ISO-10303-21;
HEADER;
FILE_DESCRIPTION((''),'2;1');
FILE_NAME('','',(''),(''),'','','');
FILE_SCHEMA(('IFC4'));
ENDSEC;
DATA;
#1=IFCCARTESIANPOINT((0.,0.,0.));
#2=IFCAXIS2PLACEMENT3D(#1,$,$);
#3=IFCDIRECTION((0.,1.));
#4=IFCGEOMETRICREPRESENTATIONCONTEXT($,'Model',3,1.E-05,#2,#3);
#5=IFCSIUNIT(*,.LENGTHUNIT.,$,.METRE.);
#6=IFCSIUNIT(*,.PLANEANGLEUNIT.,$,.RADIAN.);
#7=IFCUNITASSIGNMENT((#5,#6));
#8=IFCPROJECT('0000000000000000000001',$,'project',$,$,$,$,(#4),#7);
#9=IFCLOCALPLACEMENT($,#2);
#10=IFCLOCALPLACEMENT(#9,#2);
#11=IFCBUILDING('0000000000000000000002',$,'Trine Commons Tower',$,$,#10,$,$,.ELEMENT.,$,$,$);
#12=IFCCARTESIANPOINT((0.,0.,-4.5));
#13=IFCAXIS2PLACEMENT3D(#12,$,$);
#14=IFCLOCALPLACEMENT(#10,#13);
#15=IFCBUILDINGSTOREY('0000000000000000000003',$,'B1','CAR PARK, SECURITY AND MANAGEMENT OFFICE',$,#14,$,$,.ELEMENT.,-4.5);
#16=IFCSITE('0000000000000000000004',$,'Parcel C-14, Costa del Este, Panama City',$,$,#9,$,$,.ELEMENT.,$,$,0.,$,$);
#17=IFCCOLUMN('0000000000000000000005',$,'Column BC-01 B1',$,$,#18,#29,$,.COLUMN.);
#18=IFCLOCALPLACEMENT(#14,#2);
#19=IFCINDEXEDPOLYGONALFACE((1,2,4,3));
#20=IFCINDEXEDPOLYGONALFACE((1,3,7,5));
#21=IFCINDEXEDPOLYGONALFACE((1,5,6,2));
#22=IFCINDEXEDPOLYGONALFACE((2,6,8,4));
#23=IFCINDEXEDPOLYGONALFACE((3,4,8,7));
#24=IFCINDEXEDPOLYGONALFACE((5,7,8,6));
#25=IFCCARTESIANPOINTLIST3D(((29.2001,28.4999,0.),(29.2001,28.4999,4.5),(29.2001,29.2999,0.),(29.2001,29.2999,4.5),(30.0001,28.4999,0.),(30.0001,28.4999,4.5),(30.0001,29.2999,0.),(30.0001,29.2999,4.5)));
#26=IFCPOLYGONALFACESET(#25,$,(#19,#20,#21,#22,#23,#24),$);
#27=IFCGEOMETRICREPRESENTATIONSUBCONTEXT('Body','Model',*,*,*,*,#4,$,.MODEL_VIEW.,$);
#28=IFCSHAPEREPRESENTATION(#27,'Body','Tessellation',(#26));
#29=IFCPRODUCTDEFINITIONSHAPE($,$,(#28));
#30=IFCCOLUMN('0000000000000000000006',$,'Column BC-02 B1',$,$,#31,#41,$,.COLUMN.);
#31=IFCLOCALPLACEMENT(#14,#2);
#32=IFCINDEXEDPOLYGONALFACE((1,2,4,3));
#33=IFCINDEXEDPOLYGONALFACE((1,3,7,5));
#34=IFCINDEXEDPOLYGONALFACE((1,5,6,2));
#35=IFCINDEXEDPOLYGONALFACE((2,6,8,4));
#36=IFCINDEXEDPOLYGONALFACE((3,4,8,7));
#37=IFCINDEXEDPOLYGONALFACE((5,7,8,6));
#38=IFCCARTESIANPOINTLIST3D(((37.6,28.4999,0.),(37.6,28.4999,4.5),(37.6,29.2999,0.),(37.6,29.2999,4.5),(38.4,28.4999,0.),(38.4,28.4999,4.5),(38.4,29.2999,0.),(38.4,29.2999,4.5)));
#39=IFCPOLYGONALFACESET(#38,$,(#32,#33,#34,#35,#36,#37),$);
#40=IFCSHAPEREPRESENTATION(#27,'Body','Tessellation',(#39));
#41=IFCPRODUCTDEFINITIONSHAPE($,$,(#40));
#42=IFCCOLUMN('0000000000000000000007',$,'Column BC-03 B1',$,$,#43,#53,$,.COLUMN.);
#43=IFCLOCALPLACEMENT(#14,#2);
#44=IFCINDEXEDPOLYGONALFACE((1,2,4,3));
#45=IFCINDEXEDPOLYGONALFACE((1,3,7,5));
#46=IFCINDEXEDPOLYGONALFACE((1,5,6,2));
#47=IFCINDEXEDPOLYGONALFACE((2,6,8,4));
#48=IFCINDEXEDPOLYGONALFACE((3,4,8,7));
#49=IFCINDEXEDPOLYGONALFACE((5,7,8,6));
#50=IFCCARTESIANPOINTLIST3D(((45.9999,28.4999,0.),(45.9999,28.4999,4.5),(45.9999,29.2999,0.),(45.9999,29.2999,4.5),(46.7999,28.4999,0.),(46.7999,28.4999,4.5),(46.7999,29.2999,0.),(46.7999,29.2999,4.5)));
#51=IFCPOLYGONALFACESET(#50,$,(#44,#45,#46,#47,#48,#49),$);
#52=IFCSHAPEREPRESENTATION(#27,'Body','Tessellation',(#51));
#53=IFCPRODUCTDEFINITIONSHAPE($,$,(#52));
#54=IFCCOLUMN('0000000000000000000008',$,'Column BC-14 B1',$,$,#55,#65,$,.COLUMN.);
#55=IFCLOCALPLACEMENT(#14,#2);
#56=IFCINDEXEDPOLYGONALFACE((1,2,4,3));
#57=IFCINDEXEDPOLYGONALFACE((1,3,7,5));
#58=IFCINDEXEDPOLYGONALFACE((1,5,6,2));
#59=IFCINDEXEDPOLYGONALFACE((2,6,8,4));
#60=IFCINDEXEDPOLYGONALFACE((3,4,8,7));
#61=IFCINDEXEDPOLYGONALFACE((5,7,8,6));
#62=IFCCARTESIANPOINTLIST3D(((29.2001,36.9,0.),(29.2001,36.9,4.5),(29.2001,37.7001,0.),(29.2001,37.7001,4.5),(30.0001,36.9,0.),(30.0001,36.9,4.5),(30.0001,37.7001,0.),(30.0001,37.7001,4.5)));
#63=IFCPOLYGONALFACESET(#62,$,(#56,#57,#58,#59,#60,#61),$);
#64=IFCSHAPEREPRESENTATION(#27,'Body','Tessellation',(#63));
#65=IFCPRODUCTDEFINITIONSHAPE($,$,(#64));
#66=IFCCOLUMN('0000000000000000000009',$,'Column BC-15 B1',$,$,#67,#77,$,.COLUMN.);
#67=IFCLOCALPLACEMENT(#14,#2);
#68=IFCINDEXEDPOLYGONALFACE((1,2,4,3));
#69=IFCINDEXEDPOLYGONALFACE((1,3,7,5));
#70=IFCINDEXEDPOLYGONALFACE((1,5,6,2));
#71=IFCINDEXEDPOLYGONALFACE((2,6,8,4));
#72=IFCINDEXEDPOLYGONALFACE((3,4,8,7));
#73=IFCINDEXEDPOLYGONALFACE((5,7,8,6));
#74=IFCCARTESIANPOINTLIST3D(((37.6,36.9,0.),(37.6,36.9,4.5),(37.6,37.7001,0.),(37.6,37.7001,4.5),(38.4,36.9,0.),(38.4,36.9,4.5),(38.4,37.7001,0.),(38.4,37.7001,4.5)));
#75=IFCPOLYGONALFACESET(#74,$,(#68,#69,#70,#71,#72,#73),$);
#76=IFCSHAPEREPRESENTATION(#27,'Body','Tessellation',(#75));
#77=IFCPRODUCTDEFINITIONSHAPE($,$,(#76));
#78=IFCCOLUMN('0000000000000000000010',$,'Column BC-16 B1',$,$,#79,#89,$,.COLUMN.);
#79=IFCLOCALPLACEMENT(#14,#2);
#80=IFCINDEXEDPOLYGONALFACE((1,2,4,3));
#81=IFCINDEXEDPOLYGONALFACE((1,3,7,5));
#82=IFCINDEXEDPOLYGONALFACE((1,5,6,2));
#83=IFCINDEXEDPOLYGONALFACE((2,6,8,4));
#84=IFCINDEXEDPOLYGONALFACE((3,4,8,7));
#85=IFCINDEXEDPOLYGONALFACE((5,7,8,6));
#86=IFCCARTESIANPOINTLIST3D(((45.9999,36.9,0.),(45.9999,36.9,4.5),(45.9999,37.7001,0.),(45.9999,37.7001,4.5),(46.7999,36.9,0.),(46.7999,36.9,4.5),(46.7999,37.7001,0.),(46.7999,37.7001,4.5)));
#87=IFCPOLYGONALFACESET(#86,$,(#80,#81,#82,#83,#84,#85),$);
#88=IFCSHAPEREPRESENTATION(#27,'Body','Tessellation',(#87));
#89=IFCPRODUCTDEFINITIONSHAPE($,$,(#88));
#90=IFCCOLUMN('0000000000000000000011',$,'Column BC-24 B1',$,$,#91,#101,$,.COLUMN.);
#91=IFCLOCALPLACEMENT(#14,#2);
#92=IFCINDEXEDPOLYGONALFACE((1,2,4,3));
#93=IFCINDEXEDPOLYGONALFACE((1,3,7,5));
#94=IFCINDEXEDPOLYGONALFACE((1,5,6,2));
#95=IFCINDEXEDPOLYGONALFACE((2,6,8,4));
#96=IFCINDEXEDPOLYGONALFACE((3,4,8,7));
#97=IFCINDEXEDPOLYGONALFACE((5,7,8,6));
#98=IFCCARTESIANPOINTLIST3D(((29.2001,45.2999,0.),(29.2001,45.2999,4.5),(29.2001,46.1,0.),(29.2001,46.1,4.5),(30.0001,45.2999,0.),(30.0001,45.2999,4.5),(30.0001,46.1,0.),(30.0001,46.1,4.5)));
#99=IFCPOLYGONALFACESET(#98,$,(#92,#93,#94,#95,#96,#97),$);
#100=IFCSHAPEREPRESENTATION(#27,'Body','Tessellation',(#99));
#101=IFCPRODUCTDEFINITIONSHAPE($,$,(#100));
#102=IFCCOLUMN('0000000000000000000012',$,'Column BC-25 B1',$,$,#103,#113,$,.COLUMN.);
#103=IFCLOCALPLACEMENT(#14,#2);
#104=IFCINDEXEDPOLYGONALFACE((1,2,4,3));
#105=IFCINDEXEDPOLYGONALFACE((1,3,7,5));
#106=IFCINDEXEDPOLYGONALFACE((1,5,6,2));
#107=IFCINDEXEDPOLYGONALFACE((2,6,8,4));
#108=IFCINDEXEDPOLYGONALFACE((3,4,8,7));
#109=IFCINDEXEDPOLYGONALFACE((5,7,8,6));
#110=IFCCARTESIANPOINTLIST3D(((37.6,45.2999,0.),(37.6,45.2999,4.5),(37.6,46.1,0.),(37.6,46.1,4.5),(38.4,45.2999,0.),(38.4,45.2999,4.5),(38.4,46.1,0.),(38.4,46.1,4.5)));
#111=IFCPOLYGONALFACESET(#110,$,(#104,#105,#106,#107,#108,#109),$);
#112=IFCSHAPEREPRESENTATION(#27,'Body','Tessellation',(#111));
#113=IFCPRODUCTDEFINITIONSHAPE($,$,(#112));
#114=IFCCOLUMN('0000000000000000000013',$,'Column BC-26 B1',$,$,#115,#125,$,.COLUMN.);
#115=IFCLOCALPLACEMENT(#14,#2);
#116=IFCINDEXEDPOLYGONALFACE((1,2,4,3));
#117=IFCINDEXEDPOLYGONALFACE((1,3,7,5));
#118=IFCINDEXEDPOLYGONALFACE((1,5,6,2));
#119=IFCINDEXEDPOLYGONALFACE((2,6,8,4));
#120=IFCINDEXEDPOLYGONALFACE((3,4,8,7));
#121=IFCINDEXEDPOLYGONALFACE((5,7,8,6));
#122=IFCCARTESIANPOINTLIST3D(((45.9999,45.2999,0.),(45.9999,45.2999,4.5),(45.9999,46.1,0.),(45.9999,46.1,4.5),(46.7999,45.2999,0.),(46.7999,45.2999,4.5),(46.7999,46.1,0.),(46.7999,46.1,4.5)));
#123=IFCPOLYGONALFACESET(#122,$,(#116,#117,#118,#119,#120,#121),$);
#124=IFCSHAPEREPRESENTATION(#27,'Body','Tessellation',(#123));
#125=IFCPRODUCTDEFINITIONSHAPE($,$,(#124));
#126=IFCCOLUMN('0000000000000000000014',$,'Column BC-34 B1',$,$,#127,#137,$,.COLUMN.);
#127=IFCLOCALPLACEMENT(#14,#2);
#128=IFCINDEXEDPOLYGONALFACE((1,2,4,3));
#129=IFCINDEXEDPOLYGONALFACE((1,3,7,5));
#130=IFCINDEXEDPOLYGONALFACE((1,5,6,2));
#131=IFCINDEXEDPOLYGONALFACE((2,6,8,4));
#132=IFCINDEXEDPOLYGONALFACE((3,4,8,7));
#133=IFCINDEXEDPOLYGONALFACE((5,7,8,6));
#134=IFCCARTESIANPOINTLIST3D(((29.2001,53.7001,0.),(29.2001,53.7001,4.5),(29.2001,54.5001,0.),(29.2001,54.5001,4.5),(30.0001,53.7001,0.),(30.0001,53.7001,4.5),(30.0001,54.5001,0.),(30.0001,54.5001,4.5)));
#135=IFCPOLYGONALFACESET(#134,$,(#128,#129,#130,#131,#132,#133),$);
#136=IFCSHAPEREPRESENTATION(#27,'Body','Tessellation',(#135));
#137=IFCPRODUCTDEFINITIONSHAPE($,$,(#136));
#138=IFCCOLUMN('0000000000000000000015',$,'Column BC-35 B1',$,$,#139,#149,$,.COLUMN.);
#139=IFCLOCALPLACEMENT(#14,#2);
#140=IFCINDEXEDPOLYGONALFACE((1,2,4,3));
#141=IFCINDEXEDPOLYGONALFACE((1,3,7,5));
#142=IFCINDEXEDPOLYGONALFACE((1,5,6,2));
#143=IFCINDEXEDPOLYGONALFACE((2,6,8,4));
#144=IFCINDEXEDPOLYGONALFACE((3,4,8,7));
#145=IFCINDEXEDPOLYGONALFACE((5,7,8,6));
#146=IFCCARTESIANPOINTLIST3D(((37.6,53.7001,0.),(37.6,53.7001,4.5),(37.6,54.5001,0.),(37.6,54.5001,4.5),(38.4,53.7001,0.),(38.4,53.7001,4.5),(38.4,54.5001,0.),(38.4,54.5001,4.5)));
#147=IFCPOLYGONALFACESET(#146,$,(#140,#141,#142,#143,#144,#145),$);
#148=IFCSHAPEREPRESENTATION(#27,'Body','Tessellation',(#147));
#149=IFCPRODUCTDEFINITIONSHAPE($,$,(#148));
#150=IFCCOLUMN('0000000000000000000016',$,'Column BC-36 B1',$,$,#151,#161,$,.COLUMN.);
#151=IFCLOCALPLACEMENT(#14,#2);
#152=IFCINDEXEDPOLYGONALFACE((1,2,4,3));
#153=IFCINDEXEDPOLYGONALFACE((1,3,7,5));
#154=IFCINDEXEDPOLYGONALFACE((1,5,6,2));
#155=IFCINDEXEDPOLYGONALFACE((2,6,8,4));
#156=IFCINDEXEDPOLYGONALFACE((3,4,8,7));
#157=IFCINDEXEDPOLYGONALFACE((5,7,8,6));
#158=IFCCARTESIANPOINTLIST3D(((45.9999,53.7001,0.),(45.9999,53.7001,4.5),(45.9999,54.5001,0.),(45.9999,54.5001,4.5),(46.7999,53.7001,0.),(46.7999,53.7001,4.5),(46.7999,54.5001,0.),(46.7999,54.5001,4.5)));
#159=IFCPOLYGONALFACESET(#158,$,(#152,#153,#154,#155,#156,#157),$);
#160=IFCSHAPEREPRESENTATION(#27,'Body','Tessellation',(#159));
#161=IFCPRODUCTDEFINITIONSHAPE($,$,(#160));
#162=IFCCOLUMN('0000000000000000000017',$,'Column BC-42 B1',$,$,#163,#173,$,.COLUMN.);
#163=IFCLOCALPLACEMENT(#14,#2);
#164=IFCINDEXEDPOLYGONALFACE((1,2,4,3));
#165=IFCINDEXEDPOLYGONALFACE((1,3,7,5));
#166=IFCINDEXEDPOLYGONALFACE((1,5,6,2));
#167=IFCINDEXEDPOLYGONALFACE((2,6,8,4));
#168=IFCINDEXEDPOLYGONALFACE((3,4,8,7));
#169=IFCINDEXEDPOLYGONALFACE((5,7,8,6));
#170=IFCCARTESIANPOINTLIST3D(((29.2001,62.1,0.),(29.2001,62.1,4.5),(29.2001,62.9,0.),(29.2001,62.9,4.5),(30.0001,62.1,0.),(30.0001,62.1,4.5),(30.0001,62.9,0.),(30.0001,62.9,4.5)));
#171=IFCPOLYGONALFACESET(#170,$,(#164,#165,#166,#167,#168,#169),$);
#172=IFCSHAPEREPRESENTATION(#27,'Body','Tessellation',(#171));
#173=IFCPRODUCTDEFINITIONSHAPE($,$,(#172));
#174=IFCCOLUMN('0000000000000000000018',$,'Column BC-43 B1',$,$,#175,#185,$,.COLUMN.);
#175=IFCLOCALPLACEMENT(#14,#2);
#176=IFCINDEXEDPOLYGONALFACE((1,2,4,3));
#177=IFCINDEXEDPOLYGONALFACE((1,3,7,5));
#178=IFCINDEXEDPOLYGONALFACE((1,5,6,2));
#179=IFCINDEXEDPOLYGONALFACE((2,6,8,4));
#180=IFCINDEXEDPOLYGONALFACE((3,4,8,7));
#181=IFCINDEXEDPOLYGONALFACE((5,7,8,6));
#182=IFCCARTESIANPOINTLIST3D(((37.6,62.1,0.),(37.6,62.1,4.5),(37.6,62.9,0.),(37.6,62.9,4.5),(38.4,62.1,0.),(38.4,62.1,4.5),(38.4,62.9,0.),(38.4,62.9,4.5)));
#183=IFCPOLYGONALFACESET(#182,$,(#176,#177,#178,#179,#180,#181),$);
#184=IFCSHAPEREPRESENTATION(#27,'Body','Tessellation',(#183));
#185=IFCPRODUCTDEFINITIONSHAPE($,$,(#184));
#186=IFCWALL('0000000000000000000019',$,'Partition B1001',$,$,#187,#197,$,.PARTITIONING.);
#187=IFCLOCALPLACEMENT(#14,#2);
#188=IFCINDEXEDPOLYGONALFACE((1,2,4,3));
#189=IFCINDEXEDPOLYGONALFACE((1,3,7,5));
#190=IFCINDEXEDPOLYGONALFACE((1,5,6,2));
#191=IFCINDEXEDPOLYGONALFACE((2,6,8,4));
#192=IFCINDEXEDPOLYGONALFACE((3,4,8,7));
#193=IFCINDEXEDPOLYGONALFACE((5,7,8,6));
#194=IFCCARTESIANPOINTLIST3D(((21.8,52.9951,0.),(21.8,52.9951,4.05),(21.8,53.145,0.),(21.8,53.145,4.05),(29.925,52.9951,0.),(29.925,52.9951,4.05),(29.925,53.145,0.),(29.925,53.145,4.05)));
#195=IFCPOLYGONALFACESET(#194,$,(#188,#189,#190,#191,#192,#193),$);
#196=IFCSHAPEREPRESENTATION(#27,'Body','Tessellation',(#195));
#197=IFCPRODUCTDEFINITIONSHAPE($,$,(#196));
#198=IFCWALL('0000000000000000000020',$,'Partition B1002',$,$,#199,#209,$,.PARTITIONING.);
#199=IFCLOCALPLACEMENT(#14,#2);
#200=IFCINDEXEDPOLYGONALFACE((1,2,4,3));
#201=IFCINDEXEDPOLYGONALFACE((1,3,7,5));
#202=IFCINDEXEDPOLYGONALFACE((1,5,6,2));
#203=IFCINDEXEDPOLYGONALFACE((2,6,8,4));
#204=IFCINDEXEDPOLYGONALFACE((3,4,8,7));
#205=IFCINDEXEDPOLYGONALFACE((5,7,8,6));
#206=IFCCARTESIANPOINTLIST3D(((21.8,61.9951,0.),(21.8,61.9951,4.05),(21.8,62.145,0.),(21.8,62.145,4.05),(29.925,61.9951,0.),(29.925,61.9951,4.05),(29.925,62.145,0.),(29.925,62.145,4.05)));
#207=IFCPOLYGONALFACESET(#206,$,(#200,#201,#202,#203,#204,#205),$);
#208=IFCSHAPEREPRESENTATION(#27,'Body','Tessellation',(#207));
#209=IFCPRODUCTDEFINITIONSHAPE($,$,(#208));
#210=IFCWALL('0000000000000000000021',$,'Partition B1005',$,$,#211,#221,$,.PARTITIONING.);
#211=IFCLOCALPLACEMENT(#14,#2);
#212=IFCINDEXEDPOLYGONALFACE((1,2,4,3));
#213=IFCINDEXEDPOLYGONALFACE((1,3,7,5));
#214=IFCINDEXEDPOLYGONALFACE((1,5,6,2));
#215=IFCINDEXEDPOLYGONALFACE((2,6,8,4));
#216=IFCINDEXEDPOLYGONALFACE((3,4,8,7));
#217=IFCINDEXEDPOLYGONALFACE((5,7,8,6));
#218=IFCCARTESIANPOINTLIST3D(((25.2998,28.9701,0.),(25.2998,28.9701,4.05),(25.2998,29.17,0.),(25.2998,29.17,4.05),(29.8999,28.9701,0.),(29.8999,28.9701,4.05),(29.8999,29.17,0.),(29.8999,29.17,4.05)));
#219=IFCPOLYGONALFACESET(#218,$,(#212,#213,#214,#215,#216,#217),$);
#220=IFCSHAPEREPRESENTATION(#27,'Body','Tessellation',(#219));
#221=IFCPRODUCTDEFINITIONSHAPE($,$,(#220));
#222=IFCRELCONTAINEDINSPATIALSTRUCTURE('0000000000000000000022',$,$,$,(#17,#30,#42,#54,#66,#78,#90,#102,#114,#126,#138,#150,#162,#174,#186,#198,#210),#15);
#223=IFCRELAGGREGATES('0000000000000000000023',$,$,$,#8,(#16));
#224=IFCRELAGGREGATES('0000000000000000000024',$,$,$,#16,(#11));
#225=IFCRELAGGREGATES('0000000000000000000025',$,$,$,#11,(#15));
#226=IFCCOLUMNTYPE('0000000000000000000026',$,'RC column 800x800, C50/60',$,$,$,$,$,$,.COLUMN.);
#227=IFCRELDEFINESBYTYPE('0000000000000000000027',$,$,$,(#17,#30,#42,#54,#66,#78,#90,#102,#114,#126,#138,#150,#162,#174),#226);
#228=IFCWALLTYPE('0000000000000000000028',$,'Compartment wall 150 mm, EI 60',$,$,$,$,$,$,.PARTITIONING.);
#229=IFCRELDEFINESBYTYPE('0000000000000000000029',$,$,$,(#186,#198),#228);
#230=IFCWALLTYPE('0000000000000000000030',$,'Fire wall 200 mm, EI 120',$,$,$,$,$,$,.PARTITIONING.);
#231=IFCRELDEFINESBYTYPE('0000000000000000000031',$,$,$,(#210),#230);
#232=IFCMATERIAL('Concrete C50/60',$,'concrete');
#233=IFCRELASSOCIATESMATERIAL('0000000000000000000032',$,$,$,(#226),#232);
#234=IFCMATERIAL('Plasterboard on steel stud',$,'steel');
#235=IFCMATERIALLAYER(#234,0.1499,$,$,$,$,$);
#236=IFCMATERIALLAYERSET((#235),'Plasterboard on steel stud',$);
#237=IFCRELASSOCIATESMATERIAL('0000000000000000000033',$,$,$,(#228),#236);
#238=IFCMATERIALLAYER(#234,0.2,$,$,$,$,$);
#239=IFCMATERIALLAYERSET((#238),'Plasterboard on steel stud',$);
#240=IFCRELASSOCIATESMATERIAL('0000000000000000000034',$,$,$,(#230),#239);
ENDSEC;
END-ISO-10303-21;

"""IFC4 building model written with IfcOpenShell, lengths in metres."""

from ifc_helpers import new_model, si_unit, direction, frame, frame_2d, origin, origin_2d, place, context, subcontext, project, spatial, rectangle, extrude, material, layer, layer_set, material_profile, profile_set, type_object, element, save


model = new_model("IFC4")

# Units and contexts
model_context = context("Model", 3, precision=1e-05, world=origin(), true_north=direction((0.0, 1.0)))
body_context = subcontext(model_context, "Body", "Model", "MODEL_VIEW")
ifc_project = project(units=[si_unit("LENGTHUNIT", "METRE"), si_unit("PLANEANGLEUNIT", "RADIAN")], contexts=[model_context])

# Site, building, storey
site_placement = place(None, origin())
site = spatial("IfcSite", under=ifc_project, at=site_placement, Name="Parcel C-14, Costa del Este, Panama City", CompositionType="ELEMENT", RefElevation=0.0)
building_placement = place(site_placement, origin())
building = spatial("IfcBuilding", under=site, at=building_placement, Name="Trine Commons Tower", CompositionType="ELEMENT")
storey_placement = place(building_placement, frame((0.0, 0.0, -4.5)))
storey = spatial("IfcBuildingStorey", under=building, at=storey_placement, Name="B1", Description="CAR PARK, SECURITY AND MANAGEMENT OFFICE", CompositionType="ELEMENT", Elevation=-4.5)

# Columns
ifc_material_1 = material(Name="Concrete C50/60", Category="concrete")
ifc_material_profile = material_profile(ifc_material_1, rectangle(XDim=0.8, YDim=0.8, at=origin_2d()), Name="RC 800x800")
ifc_profile_set = profile_set([ifc_material_profile], Name="Concrete C50/60")
column_type = type_object("IfcColumnType", Name="RC column 800x800, C50/60", PredefinedType="COLUMN", material=ifc_profile_set)
for number, where, z_axis, x_axis, name in (
    (1, (29.6001, 28.8999, 0.0), (0.0, 0.0, 1.0), (1.0, 0.0, 0.0), "Column BC-01 B1"),
    (2, (38.0, 28.8999, 0.0), (0.0, 0.0, 1.0), (1.0, 0.0, 0.0), "Column BC-02 B1"),
    (3, (46.3999, 28.8999, 0.0), (0.0, 0.0, 1.0), (1.0, 0.0, 0.0), "Column BC-03 B1"),
    (4, (29.6001, 37.3, 0.0), (0.0, 0.0, 1.0), (1.0, 0.0, 0.0), "Column BC-14 B1"),
    (5, (38.0, 37.3, 0.0), (0.0, 0.0, 1.0), (1.0, 0.0, 0.0), "Column BC-15 B1"),
    (6, (46.3999, 37.3, 0.0), (0.0, 0.0, 1.0), (1.0, 0.0, 0.0), "Column BC-16 B1"),
    (7, (29.6001, 45.7, 0.0), (0.0, 0.0, 1.0), (1.0, 0.0, 0.0), "Column BC-24 B1"),
    (8, (38.0, 45.7, 0.0), (0.0, 0.0, 1.0), (1.0, 0.0, 0.0), "Column BC-25 B1"),
    (9, (46.3999, 45.7, 0.0), (0.0, 0.0, 1.0), (1.0, 0.0, 0.0), "Column BC-26 B1"),
    (10, (29.6001, 54.1001, 0.0), (0.0, 0.0, 1.0), (1.0, 0.0, 0.0), "Column BC-34 B1"),
    (11, (38.0, 54.1001, 0.0), (0.0, 0.0, 1.0), (1.0, 0.0, 0.0), "Column BC-35 B1"),
    (12, (46.3999, 54.1001, 0.0), (0.0, 0.0, 1.0), (1.0, 0.0, 0.0), "Column BC-36 B1"),
    (13, (29.6001, 62.5, 0.0), (0.0, 0.0, 1.0), (1.0, 0.0, 0.0), "Column BC-42 B1"),
    (14, (38.0, 62.5, 0.0), (0.0, 0.0, 1.0), (1.0, 0.0, 0.0), "Column BC-43 B1"),
):
    element("IfcColumn", number, at=place(storey_placement, frame(where, z_axis=z_axis, x_axis=x_axis)), inside=storey, type_object=column_type, Name=name, PredefinedType="COLUMN", context=body_context, shape_type="SweptSolid", body=[
        extrude(rectangle(XDim=0.8, YDim=0.8, at=origin_2d()), origin(), (0.0, 0.0, 1.0), 4.5),
    ])

# Walls
ifc_material_2 = material(Name="Plasterboard on steel stud", Category="steel")
ifc_layer_1 = layer(ifc_material_2, 0.1499)
ifc_layer_set_1 = layer_set([ifc_layer_1], Name="Plasterboard on steel stud")
wall_type_1 = type_object("IfcWallType", Name="Compartment wall 150 mm, EI 60", PredefinedType="PARTITIONING", material=ifc_layer_set_1)
for number, where, z_axis, x_axis, name in (
    (15, (21.8, 53.0701, 0.0), (0.0, 0.0, 1.0), (1.0, 0.0, 0.0), "Partition B1001"),
    (16, (21.8, 62.0701, 0.0), (0.0, 0.0, 1.0), (1.0, 0.0, 0.0), "Partition B1002"),
):
    element("IfcWall", number, at=place(storey_placement, frame(where, z_axis=z_axis, x_axis=x_axis)), inside=storey, type_object=wall_type_1, Name=name, PredefinedType="PARTITIONING", context=body_context, shape_type="SweptSolid", body=[
        extrude(rectangle(XDim=8.125, YDim=0.1499, at=frame_2d((4.0625, 0.0))), origin(), (0.0, 0.0, 1.0), 4.05),
    ])
ifc_layer_2 = layer(ifc_material_2, 0.2)
ifc_layer_set_2 = layer_set([ifc_layer_2], Name="Plasterboard on steel stud")
wall_type_2 = type_object("IfcWallType", Name="Fire wall 200 mm, EI 120", PredefinedType="PARTITIONING", material=ifc_layer_set_2)
wall_1_placement = place(storey_placement, frame((25.2998, 29.0701, 0.0), z_axis=(0.0, 0.0, 1.0), x_axis=(1.0, 0.0, 0.0)))
element("IfcWall", 17, at=wall_1_placement, inside=storey, type_object=wall_type_2, Name="Partition B1005", PredefinedType="PARTITIONING", context=body_context, shape_type="SweptSolid", body=[
    extrude(rectangle(XDim=4.6001, YDim=0.2, at=frame_2d((2.3, 0.0))), origin(), (0.0, 0.0, 1.0), 4.05),
])

save(model, "model.ifc")
